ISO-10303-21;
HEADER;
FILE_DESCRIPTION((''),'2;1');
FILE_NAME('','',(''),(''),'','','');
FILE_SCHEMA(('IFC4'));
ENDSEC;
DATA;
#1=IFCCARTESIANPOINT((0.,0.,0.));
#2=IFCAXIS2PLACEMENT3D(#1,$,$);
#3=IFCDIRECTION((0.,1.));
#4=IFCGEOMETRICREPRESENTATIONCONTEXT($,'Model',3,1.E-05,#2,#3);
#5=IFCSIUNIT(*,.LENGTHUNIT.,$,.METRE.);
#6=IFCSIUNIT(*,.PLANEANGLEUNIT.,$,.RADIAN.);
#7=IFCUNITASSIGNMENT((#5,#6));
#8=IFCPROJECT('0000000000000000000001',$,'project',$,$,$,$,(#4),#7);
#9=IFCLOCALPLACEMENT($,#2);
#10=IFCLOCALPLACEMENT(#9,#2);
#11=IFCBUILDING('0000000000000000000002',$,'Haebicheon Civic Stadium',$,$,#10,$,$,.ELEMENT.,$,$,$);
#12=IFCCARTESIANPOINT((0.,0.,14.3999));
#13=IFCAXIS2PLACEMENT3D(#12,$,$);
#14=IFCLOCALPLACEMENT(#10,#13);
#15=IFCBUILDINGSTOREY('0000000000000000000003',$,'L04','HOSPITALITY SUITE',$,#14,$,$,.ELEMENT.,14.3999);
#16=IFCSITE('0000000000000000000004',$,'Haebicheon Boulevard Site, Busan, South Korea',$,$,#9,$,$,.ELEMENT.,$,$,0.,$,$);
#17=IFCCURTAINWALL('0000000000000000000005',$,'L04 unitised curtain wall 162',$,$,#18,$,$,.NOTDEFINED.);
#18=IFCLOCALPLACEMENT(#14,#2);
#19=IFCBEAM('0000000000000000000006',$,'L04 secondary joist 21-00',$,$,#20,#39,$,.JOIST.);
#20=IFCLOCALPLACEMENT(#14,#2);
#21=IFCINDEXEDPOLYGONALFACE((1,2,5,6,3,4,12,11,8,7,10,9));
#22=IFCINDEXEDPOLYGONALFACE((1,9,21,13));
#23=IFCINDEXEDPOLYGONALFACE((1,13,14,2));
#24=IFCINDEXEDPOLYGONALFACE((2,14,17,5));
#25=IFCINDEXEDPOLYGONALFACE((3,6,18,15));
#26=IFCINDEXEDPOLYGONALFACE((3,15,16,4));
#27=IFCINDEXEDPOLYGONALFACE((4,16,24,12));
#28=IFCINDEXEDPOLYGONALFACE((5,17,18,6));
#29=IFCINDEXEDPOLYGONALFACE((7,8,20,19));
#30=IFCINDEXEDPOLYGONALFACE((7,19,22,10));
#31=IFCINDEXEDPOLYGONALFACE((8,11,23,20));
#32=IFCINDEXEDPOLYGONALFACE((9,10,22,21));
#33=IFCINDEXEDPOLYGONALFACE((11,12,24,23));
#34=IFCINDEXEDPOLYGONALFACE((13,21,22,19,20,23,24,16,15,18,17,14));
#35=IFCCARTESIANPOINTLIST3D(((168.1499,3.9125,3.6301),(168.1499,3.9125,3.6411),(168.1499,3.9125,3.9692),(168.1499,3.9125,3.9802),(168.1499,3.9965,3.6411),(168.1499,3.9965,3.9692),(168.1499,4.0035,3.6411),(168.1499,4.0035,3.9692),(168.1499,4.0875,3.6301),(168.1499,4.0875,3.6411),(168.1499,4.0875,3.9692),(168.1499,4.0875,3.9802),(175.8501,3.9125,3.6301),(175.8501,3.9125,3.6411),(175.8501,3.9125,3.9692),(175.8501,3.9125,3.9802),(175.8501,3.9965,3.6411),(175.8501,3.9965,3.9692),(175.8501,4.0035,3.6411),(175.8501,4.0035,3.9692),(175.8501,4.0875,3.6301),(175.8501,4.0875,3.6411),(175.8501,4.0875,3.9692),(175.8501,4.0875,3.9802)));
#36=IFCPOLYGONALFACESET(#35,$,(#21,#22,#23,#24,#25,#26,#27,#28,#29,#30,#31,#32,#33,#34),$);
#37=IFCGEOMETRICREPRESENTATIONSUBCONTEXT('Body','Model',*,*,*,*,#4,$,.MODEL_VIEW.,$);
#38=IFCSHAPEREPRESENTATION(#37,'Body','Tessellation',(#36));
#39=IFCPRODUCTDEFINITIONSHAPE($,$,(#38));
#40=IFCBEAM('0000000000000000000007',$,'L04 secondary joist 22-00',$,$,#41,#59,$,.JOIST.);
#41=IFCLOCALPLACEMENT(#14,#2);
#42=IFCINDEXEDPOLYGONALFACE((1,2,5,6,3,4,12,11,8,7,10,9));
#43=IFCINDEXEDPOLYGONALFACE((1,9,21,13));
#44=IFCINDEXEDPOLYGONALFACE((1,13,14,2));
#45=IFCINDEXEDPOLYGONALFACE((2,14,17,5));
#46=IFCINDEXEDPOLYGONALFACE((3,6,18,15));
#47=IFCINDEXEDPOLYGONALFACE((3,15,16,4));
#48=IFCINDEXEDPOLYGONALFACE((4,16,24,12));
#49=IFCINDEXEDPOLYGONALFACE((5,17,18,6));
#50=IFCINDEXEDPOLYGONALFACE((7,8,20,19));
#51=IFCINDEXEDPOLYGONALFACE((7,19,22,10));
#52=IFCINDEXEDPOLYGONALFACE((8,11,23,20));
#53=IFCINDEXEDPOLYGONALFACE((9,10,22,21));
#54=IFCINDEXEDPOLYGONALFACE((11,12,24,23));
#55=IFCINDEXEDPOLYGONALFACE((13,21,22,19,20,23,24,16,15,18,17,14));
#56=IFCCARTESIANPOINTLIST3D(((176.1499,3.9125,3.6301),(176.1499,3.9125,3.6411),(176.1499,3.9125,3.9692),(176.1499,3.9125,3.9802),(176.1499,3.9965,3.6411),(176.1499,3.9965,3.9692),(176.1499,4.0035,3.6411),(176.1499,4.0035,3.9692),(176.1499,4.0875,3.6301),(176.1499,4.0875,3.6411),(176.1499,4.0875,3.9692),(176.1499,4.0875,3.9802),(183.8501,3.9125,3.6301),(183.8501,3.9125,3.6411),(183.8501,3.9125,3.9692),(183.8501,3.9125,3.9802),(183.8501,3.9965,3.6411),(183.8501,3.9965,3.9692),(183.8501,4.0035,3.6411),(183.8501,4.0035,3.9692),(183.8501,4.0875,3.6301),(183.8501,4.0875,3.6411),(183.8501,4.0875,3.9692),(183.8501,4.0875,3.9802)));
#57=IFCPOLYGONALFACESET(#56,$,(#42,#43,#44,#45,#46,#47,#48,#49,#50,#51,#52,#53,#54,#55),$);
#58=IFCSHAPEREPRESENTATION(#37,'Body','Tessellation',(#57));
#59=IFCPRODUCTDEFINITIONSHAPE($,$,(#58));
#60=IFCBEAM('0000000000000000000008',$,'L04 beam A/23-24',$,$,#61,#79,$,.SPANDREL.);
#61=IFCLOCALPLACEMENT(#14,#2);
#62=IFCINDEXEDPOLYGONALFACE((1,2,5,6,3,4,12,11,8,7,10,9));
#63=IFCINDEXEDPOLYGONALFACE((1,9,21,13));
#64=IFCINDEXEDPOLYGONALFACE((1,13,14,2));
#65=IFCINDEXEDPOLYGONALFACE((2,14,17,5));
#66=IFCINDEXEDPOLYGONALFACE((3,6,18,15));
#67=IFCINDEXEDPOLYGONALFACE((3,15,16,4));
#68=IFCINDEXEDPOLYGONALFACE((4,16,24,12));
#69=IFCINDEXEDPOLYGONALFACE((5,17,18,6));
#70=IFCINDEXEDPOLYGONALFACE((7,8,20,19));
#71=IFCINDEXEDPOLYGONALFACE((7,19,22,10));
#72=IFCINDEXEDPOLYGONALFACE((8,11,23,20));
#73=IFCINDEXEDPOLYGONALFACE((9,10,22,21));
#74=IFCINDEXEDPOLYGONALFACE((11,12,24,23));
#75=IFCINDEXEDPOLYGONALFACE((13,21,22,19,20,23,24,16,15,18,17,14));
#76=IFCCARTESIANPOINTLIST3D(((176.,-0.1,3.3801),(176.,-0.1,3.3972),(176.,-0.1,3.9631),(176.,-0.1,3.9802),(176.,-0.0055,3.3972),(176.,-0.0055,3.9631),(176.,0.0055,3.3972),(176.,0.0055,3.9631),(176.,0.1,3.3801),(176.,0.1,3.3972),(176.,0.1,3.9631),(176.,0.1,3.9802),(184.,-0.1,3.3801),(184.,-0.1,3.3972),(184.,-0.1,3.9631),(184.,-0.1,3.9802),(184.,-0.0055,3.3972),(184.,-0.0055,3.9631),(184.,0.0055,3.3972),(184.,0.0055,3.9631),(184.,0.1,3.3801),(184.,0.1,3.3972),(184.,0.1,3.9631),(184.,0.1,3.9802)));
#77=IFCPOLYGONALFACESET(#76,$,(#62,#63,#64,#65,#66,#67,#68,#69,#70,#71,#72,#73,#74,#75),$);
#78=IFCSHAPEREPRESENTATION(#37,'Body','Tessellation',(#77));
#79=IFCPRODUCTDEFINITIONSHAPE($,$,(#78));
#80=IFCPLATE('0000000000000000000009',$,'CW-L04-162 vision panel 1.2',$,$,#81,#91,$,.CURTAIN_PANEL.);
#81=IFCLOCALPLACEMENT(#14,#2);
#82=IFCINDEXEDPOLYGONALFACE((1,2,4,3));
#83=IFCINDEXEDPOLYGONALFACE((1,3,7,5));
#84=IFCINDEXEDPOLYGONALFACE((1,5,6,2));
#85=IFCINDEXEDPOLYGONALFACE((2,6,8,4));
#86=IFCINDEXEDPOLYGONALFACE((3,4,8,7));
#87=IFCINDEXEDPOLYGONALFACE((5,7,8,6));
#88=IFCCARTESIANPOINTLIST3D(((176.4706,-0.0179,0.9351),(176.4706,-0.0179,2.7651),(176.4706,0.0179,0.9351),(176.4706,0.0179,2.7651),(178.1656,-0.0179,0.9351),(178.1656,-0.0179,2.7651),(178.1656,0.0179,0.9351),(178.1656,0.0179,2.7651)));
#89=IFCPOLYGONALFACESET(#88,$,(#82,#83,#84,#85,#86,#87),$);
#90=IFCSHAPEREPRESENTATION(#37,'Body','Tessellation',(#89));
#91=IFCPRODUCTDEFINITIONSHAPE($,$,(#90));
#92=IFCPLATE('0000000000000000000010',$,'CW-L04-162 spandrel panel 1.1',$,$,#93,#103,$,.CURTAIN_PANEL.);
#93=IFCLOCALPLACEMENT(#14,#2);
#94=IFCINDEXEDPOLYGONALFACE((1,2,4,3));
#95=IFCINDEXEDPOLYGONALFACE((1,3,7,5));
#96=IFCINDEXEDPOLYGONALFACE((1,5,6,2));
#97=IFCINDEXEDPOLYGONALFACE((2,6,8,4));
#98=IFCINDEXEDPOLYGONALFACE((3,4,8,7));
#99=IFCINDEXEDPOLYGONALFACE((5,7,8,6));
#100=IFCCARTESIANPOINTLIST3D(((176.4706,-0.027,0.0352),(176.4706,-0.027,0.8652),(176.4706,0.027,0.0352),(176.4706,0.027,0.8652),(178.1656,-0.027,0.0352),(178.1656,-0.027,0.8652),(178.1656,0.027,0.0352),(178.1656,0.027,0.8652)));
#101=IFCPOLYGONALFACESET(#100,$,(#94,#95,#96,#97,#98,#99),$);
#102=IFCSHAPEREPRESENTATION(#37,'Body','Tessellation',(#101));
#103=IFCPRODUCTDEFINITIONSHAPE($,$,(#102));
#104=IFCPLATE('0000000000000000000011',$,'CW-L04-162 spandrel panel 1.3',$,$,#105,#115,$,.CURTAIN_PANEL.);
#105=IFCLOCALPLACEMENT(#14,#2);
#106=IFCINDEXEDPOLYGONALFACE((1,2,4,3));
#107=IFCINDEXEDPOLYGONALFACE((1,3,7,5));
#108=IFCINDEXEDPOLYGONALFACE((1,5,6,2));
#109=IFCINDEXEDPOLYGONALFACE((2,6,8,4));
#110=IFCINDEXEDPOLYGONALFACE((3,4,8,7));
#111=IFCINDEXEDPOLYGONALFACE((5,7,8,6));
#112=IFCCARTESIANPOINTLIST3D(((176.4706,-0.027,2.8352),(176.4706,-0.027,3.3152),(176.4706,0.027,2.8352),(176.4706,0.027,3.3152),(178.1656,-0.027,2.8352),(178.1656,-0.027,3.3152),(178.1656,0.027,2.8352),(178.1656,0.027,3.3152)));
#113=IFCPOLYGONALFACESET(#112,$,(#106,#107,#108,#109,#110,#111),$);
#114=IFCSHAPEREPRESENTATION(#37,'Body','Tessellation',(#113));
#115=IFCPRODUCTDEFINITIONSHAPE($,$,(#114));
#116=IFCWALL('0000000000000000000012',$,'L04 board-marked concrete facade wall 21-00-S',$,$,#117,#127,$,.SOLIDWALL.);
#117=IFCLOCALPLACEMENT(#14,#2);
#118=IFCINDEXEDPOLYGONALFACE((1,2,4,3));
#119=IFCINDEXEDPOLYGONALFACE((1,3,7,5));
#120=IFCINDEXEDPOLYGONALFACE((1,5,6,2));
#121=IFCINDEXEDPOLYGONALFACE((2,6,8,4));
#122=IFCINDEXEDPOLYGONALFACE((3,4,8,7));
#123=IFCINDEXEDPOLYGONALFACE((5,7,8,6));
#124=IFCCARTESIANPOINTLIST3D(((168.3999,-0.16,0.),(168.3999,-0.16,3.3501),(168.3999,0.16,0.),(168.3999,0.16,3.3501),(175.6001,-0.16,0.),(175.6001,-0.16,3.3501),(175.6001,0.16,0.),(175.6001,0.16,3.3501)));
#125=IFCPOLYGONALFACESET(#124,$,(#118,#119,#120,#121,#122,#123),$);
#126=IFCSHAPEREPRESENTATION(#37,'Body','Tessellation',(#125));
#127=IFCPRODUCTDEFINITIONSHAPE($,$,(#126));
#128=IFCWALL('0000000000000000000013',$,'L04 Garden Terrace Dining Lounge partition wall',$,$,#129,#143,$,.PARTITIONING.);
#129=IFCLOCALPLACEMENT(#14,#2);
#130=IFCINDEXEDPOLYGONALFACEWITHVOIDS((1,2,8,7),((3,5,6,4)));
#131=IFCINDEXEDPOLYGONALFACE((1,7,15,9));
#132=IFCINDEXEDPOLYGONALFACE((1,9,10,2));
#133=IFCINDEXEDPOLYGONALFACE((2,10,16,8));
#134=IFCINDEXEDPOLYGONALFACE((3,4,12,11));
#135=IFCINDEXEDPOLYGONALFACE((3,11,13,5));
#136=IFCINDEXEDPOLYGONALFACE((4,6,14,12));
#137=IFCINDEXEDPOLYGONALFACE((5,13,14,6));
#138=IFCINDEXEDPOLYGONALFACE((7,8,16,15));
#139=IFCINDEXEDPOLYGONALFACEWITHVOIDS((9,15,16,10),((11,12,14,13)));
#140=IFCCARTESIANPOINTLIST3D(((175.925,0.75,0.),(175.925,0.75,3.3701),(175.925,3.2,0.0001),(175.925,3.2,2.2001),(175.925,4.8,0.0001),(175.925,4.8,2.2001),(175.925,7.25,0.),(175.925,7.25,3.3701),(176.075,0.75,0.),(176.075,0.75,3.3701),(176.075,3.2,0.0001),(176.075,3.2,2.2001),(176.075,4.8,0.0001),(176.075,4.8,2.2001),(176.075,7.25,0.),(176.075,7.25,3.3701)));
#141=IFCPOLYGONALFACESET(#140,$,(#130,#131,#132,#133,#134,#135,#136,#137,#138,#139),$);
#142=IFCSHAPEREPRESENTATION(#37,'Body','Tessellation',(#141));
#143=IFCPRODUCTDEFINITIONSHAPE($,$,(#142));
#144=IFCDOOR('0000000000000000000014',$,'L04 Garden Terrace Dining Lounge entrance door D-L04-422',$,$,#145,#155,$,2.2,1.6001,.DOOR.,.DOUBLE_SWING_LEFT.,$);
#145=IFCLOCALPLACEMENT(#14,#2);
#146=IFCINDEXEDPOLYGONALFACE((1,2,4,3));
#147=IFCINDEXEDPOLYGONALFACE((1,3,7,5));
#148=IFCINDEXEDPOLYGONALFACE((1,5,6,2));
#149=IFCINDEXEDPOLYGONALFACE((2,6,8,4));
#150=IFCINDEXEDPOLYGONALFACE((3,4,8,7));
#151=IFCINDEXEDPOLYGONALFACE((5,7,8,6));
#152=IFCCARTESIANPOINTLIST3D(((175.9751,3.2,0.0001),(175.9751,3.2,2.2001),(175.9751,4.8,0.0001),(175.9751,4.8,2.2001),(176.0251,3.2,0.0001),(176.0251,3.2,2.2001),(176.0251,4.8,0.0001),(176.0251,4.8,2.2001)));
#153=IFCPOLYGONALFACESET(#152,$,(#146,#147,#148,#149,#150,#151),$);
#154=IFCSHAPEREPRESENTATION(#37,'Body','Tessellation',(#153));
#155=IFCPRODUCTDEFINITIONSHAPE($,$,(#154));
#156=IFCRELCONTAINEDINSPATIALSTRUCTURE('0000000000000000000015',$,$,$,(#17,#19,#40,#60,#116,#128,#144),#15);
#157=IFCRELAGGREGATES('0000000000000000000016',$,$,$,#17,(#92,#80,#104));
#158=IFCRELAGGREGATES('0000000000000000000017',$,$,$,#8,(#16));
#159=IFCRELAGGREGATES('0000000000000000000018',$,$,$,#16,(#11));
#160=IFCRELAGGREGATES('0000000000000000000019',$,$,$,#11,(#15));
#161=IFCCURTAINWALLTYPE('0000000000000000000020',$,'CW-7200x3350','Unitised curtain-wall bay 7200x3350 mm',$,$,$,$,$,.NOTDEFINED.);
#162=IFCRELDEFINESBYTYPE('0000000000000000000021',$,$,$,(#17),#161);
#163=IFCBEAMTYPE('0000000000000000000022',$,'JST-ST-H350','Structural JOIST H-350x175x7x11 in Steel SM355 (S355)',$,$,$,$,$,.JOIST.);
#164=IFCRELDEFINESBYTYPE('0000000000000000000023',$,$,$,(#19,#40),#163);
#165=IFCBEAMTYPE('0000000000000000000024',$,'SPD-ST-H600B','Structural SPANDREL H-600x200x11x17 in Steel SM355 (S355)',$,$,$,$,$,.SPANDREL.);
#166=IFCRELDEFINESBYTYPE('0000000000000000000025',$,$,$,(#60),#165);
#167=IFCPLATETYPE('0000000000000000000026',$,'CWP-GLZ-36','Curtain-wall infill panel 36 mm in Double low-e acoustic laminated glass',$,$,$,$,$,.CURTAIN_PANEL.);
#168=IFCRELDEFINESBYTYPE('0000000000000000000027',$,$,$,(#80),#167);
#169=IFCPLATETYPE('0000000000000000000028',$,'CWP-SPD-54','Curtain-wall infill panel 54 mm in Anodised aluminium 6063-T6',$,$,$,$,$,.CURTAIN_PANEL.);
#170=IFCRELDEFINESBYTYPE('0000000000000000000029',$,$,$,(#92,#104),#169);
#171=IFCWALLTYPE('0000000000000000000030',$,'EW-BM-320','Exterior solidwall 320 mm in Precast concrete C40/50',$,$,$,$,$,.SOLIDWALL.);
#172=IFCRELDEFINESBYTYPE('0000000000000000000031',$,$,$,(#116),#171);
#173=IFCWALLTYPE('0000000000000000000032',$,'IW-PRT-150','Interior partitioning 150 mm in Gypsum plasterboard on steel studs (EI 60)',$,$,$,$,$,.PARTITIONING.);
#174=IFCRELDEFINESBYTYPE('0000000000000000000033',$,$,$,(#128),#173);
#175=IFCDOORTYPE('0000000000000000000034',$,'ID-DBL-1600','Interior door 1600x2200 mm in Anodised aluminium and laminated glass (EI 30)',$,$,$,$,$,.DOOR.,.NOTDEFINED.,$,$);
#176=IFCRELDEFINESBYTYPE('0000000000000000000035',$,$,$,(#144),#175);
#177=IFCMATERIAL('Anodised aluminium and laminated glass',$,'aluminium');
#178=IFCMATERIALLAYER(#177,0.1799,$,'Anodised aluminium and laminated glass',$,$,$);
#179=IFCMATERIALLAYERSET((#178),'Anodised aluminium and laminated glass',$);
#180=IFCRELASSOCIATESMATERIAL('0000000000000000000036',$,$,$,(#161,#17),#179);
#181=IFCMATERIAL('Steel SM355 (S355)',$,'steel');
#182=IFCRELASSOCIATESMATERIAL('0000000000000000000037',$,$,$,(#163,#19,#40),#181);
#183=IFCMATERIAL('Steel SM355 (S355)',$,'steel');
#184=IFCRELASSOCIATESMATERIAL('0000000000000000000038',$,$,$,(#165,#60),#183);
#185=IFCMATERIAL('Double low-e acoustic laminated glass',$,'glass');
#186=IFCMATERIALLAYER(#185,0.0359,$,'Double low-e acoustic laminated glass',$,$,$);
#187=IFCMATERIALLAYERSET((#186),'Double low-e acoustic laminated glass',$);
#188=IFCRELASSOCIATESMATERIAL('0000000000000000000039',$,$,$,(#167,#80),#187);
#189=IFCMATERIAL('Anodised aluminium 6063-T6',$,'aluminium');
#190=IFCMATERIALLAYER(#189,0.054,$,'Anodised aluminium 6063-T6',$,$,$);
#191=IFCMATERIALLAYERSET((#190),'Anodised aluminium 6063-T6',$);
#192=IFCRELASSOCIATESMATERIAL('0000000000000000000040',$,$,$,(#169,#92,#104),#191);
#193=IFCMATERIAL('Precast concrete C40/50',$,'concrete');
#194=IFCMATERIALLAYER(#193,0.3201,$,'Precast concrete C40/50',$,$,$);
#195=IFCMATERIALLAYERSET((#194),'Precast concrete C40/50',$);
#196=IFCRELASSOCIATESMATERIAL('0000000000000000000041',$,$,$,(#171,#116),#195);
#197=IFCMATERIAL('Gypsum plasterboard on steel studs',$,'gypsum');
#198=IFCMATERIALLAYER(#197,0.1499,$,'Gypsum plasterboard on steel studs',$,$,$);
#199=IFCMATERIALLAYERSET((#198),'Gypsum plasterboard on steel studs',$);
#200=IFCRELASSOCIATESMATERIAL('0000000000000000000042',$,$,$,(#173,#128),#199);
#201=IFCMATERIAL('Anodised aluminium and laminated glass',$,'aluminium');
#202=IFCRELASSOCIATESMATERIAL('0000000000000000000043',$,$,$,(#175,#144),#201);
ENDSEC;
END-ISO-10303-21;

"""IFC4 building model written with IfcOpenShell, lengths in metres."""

from ifc_helpers import new_model, si_unit, direction, frame, frame_2d, origin, origin_2d, place, context, subcontext, project, spatial, rectangle, i_section, extrude, material, layer, layer_set, material_profile, profile_set, type_object, element, fill, aggregate, save


model = new_model("IFC4")

# Units and contexts
model_context = context("Model", 3, precision=1e-05, world=origin(), true_north=direction((0.0, 1.0)))
body_context = subcontext(model_context, "Body", "Model", "MODEL_VIEW")
ifc_project = project(units=[si_unit("LENGTHUNIT", "METRE"), si_unit("PLANEANGLEUNIT", "RADIAN")], contexts=[model_context])

# Site, building, storey
site_placement = place(None, origin())
site = spatial("IfcSite", under=ifc_project, at=site_placement, Name="Haebicheon Boulevard Site, Busan, South Korea", CompositionType="ELEMENT", RefElevation=0.0)
building_placement = place(site_placement, origin())
building = spatial("IfcBuilding", under=site, at=building_placement, Name="Haebicheon Civic Stadium", CompositionType="ELEMENT")
storey_placement = place(building_placement, frame((0.0, 0.0, 14.3999)))
storey = spatial("IfcBuildingStorey", under=building, at=storey_placement, Name="L04", Description="HOSPITALITY SUITE", CompositionType="ELEMENT", Elevation=14.3999)

# Curtain wall
ifc_material_1 = material(Name="Anodised aluminium and laminated glass", Category="aluminium")
ifc_layer_1 = layer(ifc_material_1, 0.1799, Name="Anodised aluminium and laminated glass")
ifc_layer_set_1 = layer_set([ifc_layer_1], Name="Anodised aluminium and laminated glass")
curtain_wall_type = type_object("IfcCurtainWallType", Name="CW-7200x3350", Description="Unitised curtain-wall bay 7200x3350 mm", PredefinedType="NOTDEFINED", material=ifc_layer_set_1)
curtain_wall_placement = place(storey_placement, origin())
curtain_wall = element("IfcCurtainWall", 1, at=curtain_wall_placement, inside=storey, type_object=curtain_wall_type, material=ifc_layer_set_1, Name="L04 unitised curtain wall 162", PredefinedType="NOTDEFINED")

# Beams
ifc_material_2 = material(Name="Steel SM355 (S355)", Category="steel")
ifc_material_profile_1 = material_profile(ifc_material_2, i_section(OverallWidth=0.175, OverallDepth=0.3501, WebThickness=0.0071, FlangeThickness=0.011, at=origin_2d()), Name="H-350x175x7x11")
ifc_profile_set_1 = profile_set([ifc_material_profile_1], Name="Steel SM355 (S355)")
beam_type_1 = type_object("IfcBeamType", Name="JST-ST-H350", Description="Structural JOIST H-350x175x7x11 in Steel SM355 (S355)", PredefinedType="JOIST", material=ifc_profile_set_1)
for number, where, z_axis, x_axis, name in (
    (2, (168.1499, 4.0, 3.8052), (1.0, 0.0, 0.0), (0.0, 1.0, 0.0), "L04 secondary joist 21-00"),
    (3, (176.1499, 4.0, 3.8052), (1.0, 0.0, 0.0), (0.0, 1.0, 0.0), "L04 secondary joist 22-00"),
):
    element("IfcBeam", number, at=place(storey_placement, frame(where, z_axis=z_axis, x_axis=x_axis)), inside=storey, type_object=beam_type_1, material=ifc_profile_set_1, Name=name, PredefinedType="JOIST", context=body_context, shape_type="SweptSolid", body=[
        extrude(i_section(OverallWidth=0.175, OverallDepth=0.3501, WebThickness=0.0071, FlangeThickness=0.011, at=origin_2d()), origin(), (0.0, 0.0, 1.0), 7.7002),
    ])
ifc_material_3 = material(Name="Steel SM355 (S355)", Category="steel")
ifc_material_profile_2 = material_profile(ifc_material_3, i_section(OverallWidth=0.2, OverallDepth=0.6001, WebThickness=0.011, FlangeThickness=0.0171, at=origin_2d()), Name="H-600x200x11x17")
ifc_profile_set_2 = profile_set([ifc_material_profile_2], Name="Steel SM355 (S355)")
beam_type_2 = type_object("IfcBeamType", Name="SPD-ST-H600B", Description="Structural SPANDREL H-600x200x11x17 in Steel SM355 (S355)", PredefinedType="SPANDREL", material=ifc_profile_set_2)
beam_1_placement = place(storey_placement, frame((176.0, 0.0, 3.6802), z_axis=(1.0, 0.0, 0.0), x_axis=(0.0, 1.0, 0.0)))
element("IfcBeam", 4, at=beam_1_placement, inside=storey, type_object=beam_type_2, material=ifc_profile_set_2, Name="L04 beam A/23-24", PredefinedType="SPANDREL", context=body_context, shape_type="SweptSolid", body=[
    extrude(i_section(OverallWidth=0.2, OverallDepth=0.6001, WebThickness=0.011, FlangeThickness=0.0171, at=origin_2d()), origin(), (0.0, 0.0, 1.0), 8.0),
])

# Plates
ifc_material_4 = material(Name="Double low-e acoustic laminated glass", Category="glass")
ifc_layer_2 = layer(ifc_material_4, 0.0359, Name="Double low-e acoustic laminated glass")
ifc_layer_set_2 = layer_set([ifc_layer_2], Name="Double low-e acoustic laminated glass")
plate_type_1 = type_object("IfcPlateType", Name="CWP-GLZ-36", Description="Curtain-wall infill panel 36 mm in Double low-e acoustic laminated glass", PredefinedType="CURTAIN_PANEL", material=ifc_layer_set_2)
plate_1_placement = place(storey_placement, frame((177.3181, 0.0, 0.9351), z_axis=(0.0, 0.0, 1.0), x_axis=(1.0, 0.0, 0.0)))
plate_1 = element("IfcPlate", 5, at=plate_1_placement, type_object=plate_type_1, material=ifc_layer_set_2, Name="CW-L04-162 vision panel 1.2", PredefinedType="CURTAIN_PANEL", context=body_context, shape_type="SweptSolid", body=[
    extrude(rectangle(XDim=1.6951, YDim=0.0359, at=origin_2d()), origin(), (0.0, 0.0, 1.0), 1.8301),
])
ifc_material_5 = material(Name="Anodised aluminium 6063-T6", Category="aluminium")
ifc_layer_3 = layer(ifc_material_5, 0.054, Name="Anodised aluminium 6063-T6")
ifc_layer_set_3 = layer_set([ifc_layer_3], Name="Anodised aluminium 6063-T6")
plate_type_2 = type_object("IfcPlateType", Name="CWP-SPD-54", Description="Curtain-wall infill panel 54 mm in Anodised aluminium 6063-T6", PredefinedType="CURTAIN_PANEL", material=ifc_layer_set_3)
plate_2_placement = place(storey_placement, frame((177.3181, 0.0, 0.0352), z_axis=(0.0, 0.0, 1.0), x_axis=(1.0, 0.0, 0.0)))
plate_2 = element("IfcPlate", 6, at=plate_2_placement, type_object=plate_type_2, material=ifc_layer_set_3, Name="CW-L04-162 spandrel panel 1.1", PredefinedType="CURTAIN_PANEL", context=body_context, shape_type="SweptSolid", body=[
    extrude(rectangle(XDim=1.6951, YDim=0.054, at=origin_2d()), origin(), (0.0, 0.0, 1.0), 0.8301),
])
plate_3_placement = place(storey_placement, frame((177.3181, 0.0, 2.8352), z_axis=(0.0, 0.0, 1.0), x_axis=(1.0, 0.0, 0.0)))
plate_3 = element("IfcPlate", 7, at=plate_3_placement, type_object=plate_type_2, material=ifc_layer_set_3, Name="CW-L04-162 spandrel panel 1.3", PredefinedType="CURTAIN_PANEL", context=body_context, shape_type="SweptSolid", body=[
    extrude(rectangle(XDim=1.6951, YDim=0.054, at=origin_2d()), origin(), (0.0, 0.0, 1.0), 0.48),
])
aggregate(curtain_wall, [plate_2, plate_1, plate_3])

# Wall
ifc_material_6 = material(Name="Precast concrete C40/50", Category="concrete")
ifc_layer_4 = layer(ifc_material_6, 0.3201, Name="Precast concrete C40/50")
ifc_layer_set_4 = layer_set([ifc_layer_4], Name="Precast concrete C40/50")
wall_type_1 = type_object("IfcWallType", Name="EW-BM-320", Description="Exterior solidwall 320 mm in Precast concrete C40/50", PredefinedType="SOLIDWALL", material=ifc_layer_set_4)
wall_1_placement = place(storey_placement, frame((168.3999, 0.0, 0.0), z_axis=(0.0, 0.0, 1.0), x_axis=(1.0, 0.0, 0.0)))
element("IfcWall", 8, at=wall_1_placement, inside=storey, type_object=wall_type_1, material=ifc_layer_set_4, Name="L04 board-marked concrete facade wall 21-00-S", PredefinedType="SOLIDWALL", context=body_context, shape_type="SweptSolid", body=[
    extrude(rectangle(XDim=7.2002, YDim=0.3201, at=frame_2d((3.6001, 0.0))), origin(), (0.0, 0.0, 1.0), 3.3501),
])

# Wall, opening, door
ifc_material_7 = material(Name="Gypsum plasterboard on steel studs", Category="gypsum")
ifc_layer_5 = layer(ifc_material_7, 0.1499, Name="Gypsum plasterboard on steel studs")
ifc_layer_set_5 = layer_set([ifc_layer_5], Name="Gypsum plasterboard on steel studs")
wall_type_2 = type_object("IfcWallType", Name="IW-PRT-150", Description="Interior partitioning 150 mm in Gypsum plasterboard on steel studs (EI 60)", PredefinedType="PARTITIONING", material=ifc_layer_set_5)
wall_2_placement = place(storey_placement, frame((176.0, 0.75, 0.0), z_axis=(0.0, 0.0, 1.0), x_axis=(0.0, 1.0, 0.0)))
wall_2 = element("IfcWall", 9, at=wall_2_placement, inside=storey, type_object=wall_type_2, material=ifc_layer_set_5, Name="L04 Garden Terrace Dining Lounge partition wall", PredefinedType="PARTITIONING", context=body_context, shape_type="SweptSolid", body=[
    extrude(rectangle(XDim=6.5, YDim=0.1499, at=frame_2d((3.25, 0.0))), origin(), (0.0, 0.0, 1.0), 3.3701),
])
opening_placement = place(wall_2_placement, frame((2.45, 0.0, 0.0)))
opening = element("IfcOpeningElement", 10, at=opening_placement, cuts=wall_2, PredefinedType="OPENING", context=body_context, shape_type="SweptSolid", body=[
    extrude(rectangle(XDim=1.6001, YDim=2.2, at=frame_2d((0.8, 1.1001))), frame((0.0, 0.085, 0.0), z_axis=(0.0, -1.0, 0.0), x_axis=(1.0, 0.0, 0.0)), (0.0, 0.0, 1.0), 0.1699),
])
ifc_material_8 = material(Name="Anodised aluminium and laminated glass", Category="aluminium")
door_type = type_object("IfcDoorType", Name="ID-DBL-1600", Description="Interior door 1600x2200 mm in Anodised aluminium and laminated glass (EI 30)", OperationType="NOTDEFINED", PredefinedType="DOOR", material=ifc_material_8)
door_placement = place(opening_placement, origin())
door = element("IfcDoor", 11, at=door_placement, inside=storey, type_object=door_type, material=ifc_material_8, Name="L04 Garden Terrace Dining Lounge entrance door D-L04-422", OperationType="DOUBLE_SWING_LEFT", OverallHeight=2.2, OverallWidth=1.6001, PredefinedType="DOOR", context=body_context, shape_type="SweptSolid", body=[
    extrude(rectangle(XDim=1.6001, YDim=2.2, at=frame_2d((0.8, 1.1001))), frame((0.0, 0.0249, 0.0), z_axis=(0.0, -1.0, 0.0), x_axis=(1.0, 0.0, 0.0)), (0.0, 0.0, 1.0), 0.05),
])
fill(opening, door)

save(model, "model.ifc")
